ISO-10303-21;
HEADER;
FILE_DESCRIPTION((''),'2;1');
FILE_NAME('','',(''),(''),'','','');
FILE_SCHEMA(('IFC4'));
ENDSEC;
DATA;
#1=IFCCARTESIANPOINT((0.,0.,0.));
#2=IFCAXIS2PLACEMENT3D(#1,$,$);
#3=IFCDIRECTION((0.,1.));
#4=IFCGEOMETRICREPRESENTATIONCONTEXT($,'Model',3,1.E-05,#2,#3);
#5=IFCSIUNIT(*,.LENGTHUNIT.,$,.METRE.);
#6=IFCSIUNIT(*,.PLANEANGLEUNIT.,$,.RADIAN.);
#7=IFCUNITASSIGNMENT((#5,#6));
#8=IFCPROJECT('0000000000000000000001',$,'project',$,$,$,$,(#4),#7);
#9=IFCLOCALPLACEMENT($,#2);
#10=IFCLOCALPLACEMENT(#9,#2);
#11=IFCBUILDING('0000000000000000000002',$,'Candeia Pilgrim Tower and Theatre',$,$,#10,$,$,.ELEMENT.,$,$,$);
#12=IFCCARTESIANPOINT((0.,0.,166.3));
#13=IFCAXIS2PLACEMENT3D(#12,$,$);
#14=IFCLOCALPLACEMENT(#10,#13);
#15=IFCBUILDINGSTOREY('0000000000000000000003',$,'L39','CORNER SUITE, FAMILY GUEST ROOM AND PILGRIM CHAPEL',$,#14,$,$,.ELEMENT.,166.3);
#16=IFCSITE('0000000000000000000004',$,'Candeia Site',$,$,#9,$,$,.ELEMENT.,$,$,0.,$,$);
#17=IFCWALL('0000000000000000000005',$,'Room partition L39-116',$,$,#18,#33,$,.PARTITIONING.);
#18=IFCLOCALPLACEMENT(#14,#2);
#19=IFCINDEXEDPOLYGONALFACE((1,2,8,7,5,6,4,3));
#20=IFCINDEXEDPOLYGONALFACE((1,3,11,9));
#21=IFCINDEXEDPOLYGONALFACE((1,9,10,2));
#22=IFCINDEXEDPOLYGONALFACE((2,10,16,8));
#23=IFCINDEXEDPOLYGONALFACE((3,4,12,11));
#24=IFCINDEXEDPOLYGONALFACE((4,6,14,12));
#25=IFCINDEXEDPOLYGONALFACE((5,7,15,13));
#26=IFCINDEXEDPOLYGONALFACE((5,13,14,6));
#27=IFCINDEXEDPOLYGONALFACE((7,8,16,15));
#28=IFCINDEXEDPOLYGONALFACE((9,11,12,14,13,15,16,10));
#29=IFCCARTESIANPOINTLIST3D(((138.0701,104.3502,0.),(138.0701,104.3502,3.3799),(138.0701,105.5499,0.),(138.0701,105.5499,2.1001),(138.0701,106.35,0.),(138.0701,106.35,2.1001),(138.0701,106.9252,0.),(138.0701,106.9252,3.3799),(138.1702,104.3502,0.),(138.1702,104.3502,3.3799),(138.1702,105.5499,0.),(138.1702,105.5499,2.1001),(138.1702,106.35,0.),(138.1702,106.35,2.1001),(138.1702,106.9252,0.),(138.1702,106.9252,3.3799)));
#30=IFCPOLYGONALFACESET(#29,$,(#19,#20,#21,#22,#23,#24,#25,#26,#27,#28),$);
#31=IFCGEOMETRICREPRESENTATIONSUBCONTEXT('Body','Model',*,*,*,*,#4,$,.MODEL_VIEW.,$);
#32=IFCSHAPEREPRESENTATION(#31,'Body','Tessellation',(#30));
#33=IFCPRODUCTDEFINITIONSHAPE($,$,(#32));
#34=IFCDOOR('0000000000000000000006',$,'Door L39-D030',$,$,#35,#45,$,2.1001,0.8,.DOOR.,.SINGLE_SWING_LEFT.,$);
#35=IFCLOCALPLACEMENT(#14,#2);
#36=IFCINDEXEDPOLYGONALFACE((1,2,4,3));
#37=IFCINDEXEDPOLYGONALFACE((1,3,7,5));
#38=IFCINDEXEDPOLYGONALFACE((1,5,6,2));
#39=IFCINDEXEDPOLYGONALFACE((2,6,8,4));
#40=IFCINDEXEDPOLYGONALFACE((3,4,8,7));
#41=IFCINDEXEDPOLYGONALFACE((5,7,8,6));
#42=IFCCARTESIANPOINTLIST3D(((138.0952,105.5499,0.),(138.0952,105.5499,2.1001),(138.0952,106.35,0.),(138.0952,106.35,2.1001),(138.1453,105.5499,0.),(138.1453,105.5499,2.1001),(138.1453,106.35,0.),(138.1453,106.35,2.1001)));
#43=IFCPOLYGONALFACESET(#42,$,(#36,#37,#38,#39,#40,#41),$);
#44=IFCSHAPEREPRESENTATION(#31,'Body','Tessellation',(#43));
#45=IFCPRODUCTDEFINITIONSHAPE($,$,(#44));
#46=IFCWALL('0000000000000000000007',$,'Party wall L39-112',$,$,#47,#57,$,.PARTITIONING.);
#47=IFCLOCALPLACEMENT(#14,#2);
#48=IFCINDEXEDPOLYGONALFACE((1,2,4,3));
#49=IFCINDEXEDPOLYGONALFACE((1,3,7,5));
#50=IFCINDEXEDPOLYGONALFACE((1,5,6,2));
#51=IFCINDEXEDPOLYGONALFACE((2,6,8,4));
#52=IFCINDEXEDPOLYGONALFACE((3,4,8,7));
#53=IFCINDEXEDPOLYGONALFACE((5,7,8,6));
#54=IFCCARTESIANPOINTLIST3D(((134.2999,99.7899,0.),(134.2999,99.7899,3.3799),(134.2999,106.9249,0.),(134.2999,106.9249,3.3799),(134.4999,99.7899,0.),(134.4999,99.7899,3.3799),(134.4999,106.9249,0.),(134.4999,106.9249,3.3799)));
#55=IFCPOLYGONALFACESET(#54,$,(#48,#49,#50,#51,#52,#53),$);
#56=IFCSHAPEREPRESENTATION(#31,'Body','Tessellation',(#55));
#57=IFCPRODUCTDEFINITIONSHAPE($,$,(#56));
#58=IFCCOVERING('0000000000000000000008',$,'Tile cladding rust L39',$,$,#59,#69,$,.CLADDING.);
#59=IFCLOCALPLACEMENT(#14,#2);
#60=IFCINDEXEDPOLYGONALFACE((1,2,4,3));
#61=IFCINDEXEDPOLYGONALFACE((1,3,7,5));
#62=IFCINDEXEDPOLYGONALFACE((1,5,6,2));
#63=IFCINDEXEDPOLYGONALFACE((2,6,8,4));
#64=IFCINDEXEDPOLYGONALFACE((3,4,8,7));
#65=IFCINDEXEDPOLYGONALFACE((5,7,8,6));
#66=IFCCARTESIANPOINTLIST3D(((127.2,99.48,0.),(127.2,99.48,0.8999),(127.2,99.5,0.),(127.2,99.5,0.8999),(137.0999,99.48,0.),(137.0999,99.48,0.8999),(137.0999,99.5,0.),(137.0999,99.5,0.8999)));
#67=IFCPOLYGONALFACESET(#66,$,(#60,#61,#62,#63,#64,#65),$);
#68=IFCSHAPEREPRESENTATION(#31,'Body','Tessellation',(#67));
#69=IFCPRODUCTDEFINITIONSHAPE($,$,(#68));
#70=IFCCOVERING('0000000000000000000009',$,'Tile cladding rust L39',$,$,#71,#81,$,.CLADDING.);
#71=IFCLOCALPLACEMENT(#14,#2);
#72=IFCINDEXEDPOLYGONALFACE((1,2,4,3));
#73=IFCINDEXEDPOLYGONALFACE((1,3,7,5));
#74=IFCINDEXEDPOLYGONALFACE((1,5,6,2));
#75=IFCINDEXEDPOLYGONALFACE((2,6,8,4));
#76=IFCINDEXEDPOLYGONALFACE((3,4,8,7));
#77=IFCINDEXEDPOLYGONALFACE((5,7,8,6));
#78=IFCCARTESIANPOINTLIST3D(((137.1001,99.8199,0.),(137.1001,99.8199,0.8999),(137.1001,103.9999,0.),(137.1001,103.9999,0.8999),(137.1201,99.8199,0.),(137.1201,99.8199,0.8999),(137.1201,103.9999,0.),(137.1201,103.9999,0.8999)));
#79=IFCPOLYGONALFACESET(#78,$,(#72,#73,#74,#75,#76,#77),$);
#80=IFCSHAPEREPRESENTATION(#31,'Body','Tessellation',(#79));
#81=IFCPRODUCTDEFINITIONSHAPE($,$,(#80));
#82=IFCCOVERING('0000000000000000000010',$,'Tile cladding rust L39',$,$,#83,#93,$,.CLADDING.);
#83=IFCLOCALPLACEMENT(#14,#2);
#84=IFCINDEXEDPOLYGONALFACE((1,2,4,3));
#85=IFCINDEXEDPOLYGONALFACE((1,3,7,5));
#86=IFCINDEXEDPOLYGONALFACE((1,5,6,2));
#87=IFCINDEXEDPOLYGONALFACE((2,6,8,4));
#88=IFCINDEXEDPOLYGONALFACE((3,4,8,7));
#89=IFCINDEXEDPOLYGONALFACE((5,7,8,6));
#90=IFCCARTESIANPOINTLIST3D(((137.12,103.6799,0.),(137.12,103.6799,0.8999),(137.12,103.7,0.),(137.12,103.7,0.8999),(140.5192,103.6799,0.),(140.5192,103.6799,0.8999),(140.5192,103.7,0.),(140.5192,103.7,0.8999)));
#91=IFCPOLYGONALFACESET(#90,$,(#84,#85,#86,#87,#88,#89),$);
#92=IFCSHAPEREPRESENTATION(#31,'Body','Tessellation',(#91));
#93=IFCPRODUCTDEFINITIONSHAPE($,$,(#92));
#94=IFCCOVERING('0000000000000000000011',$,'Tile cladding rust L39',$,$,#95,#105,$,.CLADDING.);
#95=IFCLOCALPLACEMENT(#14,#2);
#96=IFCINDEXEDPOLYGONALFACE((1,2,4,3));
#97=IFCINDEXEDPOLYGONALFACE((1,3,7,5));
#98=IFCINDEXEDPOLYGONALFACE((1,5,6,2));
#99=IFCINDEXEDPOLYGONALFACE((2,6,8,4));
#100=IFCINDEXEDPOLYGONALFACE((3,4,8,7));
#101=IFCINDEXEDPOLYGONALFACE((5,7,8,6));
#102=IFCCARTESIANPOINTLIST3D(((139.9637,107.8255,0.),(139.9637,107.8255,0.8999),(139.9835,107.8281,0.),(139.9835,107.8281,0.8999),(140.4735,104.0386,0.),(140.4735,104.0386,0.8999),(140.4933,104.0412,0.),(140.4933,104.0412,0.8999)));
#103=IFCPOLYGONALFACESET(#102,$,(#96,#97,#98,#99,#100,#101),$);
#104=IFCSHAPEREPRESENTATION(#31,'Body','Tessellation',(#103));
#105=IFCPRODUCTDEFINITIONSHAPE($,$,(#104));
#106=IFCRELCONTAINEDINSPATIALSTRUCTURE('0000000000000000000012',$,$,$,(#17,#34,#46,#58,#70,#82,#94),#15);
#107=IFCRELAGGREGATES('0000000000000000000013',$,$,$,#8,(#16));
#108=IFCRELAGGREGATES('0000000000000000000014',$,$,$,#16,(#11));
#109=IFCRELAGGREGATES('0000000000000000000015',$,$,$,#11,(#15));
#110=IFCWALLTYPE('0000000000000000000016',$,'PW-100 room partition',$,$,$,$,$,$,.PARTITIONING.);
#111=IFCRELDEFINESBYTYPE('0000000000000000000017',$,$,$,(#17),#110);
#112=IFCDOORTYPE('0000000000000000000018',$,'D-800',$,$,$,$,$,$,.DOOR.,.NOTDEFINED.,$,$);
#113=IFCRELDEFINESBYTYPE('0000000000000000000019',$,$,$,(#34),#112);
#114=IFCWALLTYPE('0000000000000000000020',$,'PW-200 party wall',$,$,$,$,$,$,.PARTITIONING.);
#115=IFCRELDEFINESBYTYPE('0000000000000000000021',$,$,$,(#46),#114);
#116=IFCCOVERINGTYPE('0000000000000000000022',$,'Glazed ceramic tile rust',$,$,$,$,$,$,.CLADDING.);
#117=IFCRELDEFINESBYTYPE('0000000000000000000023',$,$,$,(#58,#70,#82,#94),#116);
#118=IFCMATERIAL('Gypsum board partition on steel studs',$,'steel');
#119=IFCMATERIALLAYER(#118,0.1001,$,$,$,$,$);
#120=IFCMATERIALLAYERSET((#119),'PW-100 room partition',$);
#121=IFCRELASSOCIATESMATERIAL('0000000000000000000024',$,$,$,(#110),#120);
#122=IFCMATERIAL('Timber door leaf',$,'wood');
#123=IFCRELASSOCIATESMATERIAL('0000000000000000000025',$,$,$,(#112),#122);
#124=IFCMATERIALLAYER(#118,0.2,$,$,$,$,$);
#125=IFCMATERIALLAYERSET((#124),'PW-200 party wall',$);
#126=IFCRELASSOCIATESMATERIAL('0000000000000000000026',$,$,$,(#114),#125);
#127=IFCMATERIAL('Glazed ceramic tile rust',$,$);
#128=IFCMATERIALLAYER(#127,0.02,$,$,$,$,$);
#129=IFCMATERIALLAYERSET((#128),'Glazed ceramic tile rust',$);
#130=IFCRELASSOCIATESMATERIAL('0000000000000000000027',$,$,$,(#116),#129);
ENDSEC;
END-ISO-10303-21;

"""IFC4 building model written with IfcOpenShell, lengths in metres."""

from ifc_helpers import new_model, si_unit, direction, frame, frame_2d, origin, origin_2d, place, context, subcontext, project, spatial, rectangle, extrude, material, layer, layer_set, type_object, element, fill, save


model = new_model("IFC4")

# Units and contexts
model_context = context("Model", 3, precision=1e-05, world=origin(), true_north=direction((0.0, 1.0)))
body_context = subcontext(model_context, "Body", "Model", "MODEL_VIEW")
ifc_project = project(units=[si_unit("LENGTHUNIT", "METRE"), si_unit("PLANEANGLEUNIT", "RADIAN")], contexts=[model_context])

# Site, building, storey
site_placement = place(None, origin())
site = spatial("IfcSite", under=ifc_project, at=site_placement, Name="Candeia Site", CompositionType="ELEMENT", RefElevation=0.0)
building_placement = place(site_placement, origin())
building = spatial("IfcBuilding", under=site, at=building_placement, Name="Candeia Pilgrim Tower and Theatre", CompositionType="ELEMENT")
storey_placement = place(building_placement, frame((0.0, 0.0, 166.3)))
storey = spatial("IfcBuildingStorey", under=building, at=storey_placement, Name="L39", Description="CORNER SUITE, FAMILY GUEST ROOM AND PILGRIM CHAPEL", CompositionType="ELEMENT", Elevation=166.3)

# Shared definitions
ifc_material_1 = material(Name="Gypsum board partition on steel studs", Category="steel")
ifc_layer_1 = layer(ifc_material_1, 0.1001)
ifc_layer_set_1 = layer_set([ifc_layer_1], Name="PW-100 room partition")
wall_type_1 = type_object("IfcWallType", Name="PW-100 room partition", PredefinedType="PARTITIONING", material=ifc_layer_set_1)

# Wall, opening, door
wall_1_placement = place(storey_placement, frame((138.1201, 104.3501, 0.0), z_axis=(0.0, 0.0, 1.0), x_axis=(0.0, 1.0, 0.0)))
wall_1 = element("IfcWall", 1, at=wall_1_placement, inside=storey, type_object=wall_type_1, Name="Room partition L39-116", PredefinedType="PARTITIONING", context=body_context, shape_type="SweptSolid", body=[
    extrude(rectangle(XDim=2.575, YDim=0.1001, at=frame_2d((1.2876, 0.0))), origin(), (0.0, 0.0, 1.0), 3.3799),
])
opening_1_placement = place(wall_1_placement, frame((1.2, 0.0, 0.0)))
opening_1 = element("IfcOpeningElement", 2, at=opening_1_placement, cuts=wall_1, PredefinedType="OPENING", context=body_context, shape_type="SweptSolid", body=[
    extrude(rectangle(XDim=0.8, YDim=2.1001, at=frame_2d((0.3999, 1.05))), frame((0.0, 0.0601, 0.0), z_axis=(0.0, -1.0, 0.0), x_axis=(1.0, 0.0, 0.0)), (0.0, 0.0, 1.0), 0.1201),
])
ifc_material_2 = material(Name="Timber door leaf", Category="wood")
door_type_1 = type_object("IfcDoorType", Name="D-800", OperationType="NOTDEFINED", PredefinedType="DOOR", material=ifc_material_2)
door_1_placement = place(opening_1_placement, origin())
door_1 = element("IfcDoor", 3, at=door_1_placement, inside=storey, type_object=door_type_1, Name="Door L39-D030", OperationType="SINGLE_SWING_LEFT", OverallHeight=2.1001, OverallWidth=0.8, PredefinedType="DOOR", context=body_context, shape_type="SweptSolid", body=[
    extrude(rectangle(XDim=0.8, YDim=2.1001, at=frame_2d((0.3999, 1.05))), frame((0.0, 0.0249, 0.0), z_axis=(0.0, -1.0, 0.0), x_axis=(1.0, 0.0, 0.0)), (0.0, 0.0, 1.0), 0.05),
])
fill(opening_1, door_1)

# Wall
ifc_layer_2 = layer(ifc_material_1, 0.2)
ifc_layer_set_2 = layer_set([ifc_layer_2], Name="PW-200 party wall")
wall_type_2 = type_object("IfcWallType", Name="PW-200 party wall", PredefinedType="PARTITIONING", material=ifc_layer_set_2)
wall_2_placement = place(storey_placement, frame((134.3999, 99.79, 0.0), z_axis=(0.0, 0.0, 1.0), x_axis=(0.0, 1.0, 0.0)))
element("IfcWall", 4, at=wall_2_placement, inside=storey, type_object=wall_type_2, Name="Party wall L39-112", PredefinedType="PARTITIONING", context=body_context, shape_type="SweptSolid", body=[
    extrude(rectangle(XDim=7.135, YDim=0.2, at=frame_2d((3.5674, 0.0))), origin(), (0.0, 0.0, 1.0), 3.3799),
])

# Coverings
ifc_material_3 = material(Name="Glazed ceramic tile rust")
ifc_layer_3 = layer(ifc_material_3, 0.02)
ifc_layer_set_3 = layer_set([ifc_layer_3], Name="Glazed ceramic tile rust")
covering_type = type_object("IfcCoveringType", Name="Glazed ceramic tile rust", PredefinedType="CLADDING", material=ifc_layer_set_3)
covering_1_placement = place(storey_placement, frame((132.1499, 99.49, 0.0), z_axis=(0.0, 0.0, 1.0), x_axis=(1.0, 0.0, 0.0)))
element("IfcCovering", 5, at=covering_1_placement, inside=storey, type_object=covering_type, Name="Tile cladding rust L39", PredefinedType="CLADDING", context=body_context, shape_type="SweptSolid", body=[
    extrude(rectangle(XDim=9.8999, YDim=0.02, at=origin_2d()), origin(), (0.0, 0.0, 1.0), 0.8999),
])
covering_2_placement = place(storey_placement, frame((137.1101, 101.9099, 0.0), z_axis=(0.0, 0.0, 1.0), x_axis=(0.0, 1.0, 0.0)))
element("IfcCovering", 6, at=covering_2_placement, inside=storey, type_object=covering_type, Name="Tile cladding rust L39", PredefinedType="CLADDING", context=body_context, shape_type="SweptSolid", body=[
    extrude(rectangle(XDim=4.1799, YDim=0.02, at=origin_2d()), origin(), (0.0, 0.0, 1.0), 0.8999),
])
covering_3_placement = place(storey_placement, frame((138.8196, 103.6899, 0.0), z_axis=(0.0, 0.0, 1.0), x_axis=(1.0, 0.0, 0.0)))
element("IfcCovering", 7, at=covering_3_placement, inside=storey, type_object=covering_type, Name="Tile cladding rust L39", PredefinedType="CLADDING", context=body_context, shape_type="SweptSolid", body=[
    extrude(rectangle(XDim=3.3992, YDim=0.02, at=origin_2d()), origin(), (0.0, 0.0, 1.0), 0.8999),
])
covering_4_placement = place(storey_placement, frame((140.2285, 105.9333, 0.0), z_axis=(0.0, 0.0, 1.0), x_axis=(-0.133412, 0.991061, 0.0)))
element("IfcCovering", 8, at=covering_4_placement, inside=storey, type_object=covering_type, Name="Tile cladding rust L39", PredefinedType="CLADDING", context=body_context, shape_type="SweptSolid", body=[
    extrude(rectangle(XDim=3.821, YDim=0.02, at=origin_2d()), origin(), (0.0, 0.0, 1.0), 0.8999),
])

save(model, "model.ifc")
